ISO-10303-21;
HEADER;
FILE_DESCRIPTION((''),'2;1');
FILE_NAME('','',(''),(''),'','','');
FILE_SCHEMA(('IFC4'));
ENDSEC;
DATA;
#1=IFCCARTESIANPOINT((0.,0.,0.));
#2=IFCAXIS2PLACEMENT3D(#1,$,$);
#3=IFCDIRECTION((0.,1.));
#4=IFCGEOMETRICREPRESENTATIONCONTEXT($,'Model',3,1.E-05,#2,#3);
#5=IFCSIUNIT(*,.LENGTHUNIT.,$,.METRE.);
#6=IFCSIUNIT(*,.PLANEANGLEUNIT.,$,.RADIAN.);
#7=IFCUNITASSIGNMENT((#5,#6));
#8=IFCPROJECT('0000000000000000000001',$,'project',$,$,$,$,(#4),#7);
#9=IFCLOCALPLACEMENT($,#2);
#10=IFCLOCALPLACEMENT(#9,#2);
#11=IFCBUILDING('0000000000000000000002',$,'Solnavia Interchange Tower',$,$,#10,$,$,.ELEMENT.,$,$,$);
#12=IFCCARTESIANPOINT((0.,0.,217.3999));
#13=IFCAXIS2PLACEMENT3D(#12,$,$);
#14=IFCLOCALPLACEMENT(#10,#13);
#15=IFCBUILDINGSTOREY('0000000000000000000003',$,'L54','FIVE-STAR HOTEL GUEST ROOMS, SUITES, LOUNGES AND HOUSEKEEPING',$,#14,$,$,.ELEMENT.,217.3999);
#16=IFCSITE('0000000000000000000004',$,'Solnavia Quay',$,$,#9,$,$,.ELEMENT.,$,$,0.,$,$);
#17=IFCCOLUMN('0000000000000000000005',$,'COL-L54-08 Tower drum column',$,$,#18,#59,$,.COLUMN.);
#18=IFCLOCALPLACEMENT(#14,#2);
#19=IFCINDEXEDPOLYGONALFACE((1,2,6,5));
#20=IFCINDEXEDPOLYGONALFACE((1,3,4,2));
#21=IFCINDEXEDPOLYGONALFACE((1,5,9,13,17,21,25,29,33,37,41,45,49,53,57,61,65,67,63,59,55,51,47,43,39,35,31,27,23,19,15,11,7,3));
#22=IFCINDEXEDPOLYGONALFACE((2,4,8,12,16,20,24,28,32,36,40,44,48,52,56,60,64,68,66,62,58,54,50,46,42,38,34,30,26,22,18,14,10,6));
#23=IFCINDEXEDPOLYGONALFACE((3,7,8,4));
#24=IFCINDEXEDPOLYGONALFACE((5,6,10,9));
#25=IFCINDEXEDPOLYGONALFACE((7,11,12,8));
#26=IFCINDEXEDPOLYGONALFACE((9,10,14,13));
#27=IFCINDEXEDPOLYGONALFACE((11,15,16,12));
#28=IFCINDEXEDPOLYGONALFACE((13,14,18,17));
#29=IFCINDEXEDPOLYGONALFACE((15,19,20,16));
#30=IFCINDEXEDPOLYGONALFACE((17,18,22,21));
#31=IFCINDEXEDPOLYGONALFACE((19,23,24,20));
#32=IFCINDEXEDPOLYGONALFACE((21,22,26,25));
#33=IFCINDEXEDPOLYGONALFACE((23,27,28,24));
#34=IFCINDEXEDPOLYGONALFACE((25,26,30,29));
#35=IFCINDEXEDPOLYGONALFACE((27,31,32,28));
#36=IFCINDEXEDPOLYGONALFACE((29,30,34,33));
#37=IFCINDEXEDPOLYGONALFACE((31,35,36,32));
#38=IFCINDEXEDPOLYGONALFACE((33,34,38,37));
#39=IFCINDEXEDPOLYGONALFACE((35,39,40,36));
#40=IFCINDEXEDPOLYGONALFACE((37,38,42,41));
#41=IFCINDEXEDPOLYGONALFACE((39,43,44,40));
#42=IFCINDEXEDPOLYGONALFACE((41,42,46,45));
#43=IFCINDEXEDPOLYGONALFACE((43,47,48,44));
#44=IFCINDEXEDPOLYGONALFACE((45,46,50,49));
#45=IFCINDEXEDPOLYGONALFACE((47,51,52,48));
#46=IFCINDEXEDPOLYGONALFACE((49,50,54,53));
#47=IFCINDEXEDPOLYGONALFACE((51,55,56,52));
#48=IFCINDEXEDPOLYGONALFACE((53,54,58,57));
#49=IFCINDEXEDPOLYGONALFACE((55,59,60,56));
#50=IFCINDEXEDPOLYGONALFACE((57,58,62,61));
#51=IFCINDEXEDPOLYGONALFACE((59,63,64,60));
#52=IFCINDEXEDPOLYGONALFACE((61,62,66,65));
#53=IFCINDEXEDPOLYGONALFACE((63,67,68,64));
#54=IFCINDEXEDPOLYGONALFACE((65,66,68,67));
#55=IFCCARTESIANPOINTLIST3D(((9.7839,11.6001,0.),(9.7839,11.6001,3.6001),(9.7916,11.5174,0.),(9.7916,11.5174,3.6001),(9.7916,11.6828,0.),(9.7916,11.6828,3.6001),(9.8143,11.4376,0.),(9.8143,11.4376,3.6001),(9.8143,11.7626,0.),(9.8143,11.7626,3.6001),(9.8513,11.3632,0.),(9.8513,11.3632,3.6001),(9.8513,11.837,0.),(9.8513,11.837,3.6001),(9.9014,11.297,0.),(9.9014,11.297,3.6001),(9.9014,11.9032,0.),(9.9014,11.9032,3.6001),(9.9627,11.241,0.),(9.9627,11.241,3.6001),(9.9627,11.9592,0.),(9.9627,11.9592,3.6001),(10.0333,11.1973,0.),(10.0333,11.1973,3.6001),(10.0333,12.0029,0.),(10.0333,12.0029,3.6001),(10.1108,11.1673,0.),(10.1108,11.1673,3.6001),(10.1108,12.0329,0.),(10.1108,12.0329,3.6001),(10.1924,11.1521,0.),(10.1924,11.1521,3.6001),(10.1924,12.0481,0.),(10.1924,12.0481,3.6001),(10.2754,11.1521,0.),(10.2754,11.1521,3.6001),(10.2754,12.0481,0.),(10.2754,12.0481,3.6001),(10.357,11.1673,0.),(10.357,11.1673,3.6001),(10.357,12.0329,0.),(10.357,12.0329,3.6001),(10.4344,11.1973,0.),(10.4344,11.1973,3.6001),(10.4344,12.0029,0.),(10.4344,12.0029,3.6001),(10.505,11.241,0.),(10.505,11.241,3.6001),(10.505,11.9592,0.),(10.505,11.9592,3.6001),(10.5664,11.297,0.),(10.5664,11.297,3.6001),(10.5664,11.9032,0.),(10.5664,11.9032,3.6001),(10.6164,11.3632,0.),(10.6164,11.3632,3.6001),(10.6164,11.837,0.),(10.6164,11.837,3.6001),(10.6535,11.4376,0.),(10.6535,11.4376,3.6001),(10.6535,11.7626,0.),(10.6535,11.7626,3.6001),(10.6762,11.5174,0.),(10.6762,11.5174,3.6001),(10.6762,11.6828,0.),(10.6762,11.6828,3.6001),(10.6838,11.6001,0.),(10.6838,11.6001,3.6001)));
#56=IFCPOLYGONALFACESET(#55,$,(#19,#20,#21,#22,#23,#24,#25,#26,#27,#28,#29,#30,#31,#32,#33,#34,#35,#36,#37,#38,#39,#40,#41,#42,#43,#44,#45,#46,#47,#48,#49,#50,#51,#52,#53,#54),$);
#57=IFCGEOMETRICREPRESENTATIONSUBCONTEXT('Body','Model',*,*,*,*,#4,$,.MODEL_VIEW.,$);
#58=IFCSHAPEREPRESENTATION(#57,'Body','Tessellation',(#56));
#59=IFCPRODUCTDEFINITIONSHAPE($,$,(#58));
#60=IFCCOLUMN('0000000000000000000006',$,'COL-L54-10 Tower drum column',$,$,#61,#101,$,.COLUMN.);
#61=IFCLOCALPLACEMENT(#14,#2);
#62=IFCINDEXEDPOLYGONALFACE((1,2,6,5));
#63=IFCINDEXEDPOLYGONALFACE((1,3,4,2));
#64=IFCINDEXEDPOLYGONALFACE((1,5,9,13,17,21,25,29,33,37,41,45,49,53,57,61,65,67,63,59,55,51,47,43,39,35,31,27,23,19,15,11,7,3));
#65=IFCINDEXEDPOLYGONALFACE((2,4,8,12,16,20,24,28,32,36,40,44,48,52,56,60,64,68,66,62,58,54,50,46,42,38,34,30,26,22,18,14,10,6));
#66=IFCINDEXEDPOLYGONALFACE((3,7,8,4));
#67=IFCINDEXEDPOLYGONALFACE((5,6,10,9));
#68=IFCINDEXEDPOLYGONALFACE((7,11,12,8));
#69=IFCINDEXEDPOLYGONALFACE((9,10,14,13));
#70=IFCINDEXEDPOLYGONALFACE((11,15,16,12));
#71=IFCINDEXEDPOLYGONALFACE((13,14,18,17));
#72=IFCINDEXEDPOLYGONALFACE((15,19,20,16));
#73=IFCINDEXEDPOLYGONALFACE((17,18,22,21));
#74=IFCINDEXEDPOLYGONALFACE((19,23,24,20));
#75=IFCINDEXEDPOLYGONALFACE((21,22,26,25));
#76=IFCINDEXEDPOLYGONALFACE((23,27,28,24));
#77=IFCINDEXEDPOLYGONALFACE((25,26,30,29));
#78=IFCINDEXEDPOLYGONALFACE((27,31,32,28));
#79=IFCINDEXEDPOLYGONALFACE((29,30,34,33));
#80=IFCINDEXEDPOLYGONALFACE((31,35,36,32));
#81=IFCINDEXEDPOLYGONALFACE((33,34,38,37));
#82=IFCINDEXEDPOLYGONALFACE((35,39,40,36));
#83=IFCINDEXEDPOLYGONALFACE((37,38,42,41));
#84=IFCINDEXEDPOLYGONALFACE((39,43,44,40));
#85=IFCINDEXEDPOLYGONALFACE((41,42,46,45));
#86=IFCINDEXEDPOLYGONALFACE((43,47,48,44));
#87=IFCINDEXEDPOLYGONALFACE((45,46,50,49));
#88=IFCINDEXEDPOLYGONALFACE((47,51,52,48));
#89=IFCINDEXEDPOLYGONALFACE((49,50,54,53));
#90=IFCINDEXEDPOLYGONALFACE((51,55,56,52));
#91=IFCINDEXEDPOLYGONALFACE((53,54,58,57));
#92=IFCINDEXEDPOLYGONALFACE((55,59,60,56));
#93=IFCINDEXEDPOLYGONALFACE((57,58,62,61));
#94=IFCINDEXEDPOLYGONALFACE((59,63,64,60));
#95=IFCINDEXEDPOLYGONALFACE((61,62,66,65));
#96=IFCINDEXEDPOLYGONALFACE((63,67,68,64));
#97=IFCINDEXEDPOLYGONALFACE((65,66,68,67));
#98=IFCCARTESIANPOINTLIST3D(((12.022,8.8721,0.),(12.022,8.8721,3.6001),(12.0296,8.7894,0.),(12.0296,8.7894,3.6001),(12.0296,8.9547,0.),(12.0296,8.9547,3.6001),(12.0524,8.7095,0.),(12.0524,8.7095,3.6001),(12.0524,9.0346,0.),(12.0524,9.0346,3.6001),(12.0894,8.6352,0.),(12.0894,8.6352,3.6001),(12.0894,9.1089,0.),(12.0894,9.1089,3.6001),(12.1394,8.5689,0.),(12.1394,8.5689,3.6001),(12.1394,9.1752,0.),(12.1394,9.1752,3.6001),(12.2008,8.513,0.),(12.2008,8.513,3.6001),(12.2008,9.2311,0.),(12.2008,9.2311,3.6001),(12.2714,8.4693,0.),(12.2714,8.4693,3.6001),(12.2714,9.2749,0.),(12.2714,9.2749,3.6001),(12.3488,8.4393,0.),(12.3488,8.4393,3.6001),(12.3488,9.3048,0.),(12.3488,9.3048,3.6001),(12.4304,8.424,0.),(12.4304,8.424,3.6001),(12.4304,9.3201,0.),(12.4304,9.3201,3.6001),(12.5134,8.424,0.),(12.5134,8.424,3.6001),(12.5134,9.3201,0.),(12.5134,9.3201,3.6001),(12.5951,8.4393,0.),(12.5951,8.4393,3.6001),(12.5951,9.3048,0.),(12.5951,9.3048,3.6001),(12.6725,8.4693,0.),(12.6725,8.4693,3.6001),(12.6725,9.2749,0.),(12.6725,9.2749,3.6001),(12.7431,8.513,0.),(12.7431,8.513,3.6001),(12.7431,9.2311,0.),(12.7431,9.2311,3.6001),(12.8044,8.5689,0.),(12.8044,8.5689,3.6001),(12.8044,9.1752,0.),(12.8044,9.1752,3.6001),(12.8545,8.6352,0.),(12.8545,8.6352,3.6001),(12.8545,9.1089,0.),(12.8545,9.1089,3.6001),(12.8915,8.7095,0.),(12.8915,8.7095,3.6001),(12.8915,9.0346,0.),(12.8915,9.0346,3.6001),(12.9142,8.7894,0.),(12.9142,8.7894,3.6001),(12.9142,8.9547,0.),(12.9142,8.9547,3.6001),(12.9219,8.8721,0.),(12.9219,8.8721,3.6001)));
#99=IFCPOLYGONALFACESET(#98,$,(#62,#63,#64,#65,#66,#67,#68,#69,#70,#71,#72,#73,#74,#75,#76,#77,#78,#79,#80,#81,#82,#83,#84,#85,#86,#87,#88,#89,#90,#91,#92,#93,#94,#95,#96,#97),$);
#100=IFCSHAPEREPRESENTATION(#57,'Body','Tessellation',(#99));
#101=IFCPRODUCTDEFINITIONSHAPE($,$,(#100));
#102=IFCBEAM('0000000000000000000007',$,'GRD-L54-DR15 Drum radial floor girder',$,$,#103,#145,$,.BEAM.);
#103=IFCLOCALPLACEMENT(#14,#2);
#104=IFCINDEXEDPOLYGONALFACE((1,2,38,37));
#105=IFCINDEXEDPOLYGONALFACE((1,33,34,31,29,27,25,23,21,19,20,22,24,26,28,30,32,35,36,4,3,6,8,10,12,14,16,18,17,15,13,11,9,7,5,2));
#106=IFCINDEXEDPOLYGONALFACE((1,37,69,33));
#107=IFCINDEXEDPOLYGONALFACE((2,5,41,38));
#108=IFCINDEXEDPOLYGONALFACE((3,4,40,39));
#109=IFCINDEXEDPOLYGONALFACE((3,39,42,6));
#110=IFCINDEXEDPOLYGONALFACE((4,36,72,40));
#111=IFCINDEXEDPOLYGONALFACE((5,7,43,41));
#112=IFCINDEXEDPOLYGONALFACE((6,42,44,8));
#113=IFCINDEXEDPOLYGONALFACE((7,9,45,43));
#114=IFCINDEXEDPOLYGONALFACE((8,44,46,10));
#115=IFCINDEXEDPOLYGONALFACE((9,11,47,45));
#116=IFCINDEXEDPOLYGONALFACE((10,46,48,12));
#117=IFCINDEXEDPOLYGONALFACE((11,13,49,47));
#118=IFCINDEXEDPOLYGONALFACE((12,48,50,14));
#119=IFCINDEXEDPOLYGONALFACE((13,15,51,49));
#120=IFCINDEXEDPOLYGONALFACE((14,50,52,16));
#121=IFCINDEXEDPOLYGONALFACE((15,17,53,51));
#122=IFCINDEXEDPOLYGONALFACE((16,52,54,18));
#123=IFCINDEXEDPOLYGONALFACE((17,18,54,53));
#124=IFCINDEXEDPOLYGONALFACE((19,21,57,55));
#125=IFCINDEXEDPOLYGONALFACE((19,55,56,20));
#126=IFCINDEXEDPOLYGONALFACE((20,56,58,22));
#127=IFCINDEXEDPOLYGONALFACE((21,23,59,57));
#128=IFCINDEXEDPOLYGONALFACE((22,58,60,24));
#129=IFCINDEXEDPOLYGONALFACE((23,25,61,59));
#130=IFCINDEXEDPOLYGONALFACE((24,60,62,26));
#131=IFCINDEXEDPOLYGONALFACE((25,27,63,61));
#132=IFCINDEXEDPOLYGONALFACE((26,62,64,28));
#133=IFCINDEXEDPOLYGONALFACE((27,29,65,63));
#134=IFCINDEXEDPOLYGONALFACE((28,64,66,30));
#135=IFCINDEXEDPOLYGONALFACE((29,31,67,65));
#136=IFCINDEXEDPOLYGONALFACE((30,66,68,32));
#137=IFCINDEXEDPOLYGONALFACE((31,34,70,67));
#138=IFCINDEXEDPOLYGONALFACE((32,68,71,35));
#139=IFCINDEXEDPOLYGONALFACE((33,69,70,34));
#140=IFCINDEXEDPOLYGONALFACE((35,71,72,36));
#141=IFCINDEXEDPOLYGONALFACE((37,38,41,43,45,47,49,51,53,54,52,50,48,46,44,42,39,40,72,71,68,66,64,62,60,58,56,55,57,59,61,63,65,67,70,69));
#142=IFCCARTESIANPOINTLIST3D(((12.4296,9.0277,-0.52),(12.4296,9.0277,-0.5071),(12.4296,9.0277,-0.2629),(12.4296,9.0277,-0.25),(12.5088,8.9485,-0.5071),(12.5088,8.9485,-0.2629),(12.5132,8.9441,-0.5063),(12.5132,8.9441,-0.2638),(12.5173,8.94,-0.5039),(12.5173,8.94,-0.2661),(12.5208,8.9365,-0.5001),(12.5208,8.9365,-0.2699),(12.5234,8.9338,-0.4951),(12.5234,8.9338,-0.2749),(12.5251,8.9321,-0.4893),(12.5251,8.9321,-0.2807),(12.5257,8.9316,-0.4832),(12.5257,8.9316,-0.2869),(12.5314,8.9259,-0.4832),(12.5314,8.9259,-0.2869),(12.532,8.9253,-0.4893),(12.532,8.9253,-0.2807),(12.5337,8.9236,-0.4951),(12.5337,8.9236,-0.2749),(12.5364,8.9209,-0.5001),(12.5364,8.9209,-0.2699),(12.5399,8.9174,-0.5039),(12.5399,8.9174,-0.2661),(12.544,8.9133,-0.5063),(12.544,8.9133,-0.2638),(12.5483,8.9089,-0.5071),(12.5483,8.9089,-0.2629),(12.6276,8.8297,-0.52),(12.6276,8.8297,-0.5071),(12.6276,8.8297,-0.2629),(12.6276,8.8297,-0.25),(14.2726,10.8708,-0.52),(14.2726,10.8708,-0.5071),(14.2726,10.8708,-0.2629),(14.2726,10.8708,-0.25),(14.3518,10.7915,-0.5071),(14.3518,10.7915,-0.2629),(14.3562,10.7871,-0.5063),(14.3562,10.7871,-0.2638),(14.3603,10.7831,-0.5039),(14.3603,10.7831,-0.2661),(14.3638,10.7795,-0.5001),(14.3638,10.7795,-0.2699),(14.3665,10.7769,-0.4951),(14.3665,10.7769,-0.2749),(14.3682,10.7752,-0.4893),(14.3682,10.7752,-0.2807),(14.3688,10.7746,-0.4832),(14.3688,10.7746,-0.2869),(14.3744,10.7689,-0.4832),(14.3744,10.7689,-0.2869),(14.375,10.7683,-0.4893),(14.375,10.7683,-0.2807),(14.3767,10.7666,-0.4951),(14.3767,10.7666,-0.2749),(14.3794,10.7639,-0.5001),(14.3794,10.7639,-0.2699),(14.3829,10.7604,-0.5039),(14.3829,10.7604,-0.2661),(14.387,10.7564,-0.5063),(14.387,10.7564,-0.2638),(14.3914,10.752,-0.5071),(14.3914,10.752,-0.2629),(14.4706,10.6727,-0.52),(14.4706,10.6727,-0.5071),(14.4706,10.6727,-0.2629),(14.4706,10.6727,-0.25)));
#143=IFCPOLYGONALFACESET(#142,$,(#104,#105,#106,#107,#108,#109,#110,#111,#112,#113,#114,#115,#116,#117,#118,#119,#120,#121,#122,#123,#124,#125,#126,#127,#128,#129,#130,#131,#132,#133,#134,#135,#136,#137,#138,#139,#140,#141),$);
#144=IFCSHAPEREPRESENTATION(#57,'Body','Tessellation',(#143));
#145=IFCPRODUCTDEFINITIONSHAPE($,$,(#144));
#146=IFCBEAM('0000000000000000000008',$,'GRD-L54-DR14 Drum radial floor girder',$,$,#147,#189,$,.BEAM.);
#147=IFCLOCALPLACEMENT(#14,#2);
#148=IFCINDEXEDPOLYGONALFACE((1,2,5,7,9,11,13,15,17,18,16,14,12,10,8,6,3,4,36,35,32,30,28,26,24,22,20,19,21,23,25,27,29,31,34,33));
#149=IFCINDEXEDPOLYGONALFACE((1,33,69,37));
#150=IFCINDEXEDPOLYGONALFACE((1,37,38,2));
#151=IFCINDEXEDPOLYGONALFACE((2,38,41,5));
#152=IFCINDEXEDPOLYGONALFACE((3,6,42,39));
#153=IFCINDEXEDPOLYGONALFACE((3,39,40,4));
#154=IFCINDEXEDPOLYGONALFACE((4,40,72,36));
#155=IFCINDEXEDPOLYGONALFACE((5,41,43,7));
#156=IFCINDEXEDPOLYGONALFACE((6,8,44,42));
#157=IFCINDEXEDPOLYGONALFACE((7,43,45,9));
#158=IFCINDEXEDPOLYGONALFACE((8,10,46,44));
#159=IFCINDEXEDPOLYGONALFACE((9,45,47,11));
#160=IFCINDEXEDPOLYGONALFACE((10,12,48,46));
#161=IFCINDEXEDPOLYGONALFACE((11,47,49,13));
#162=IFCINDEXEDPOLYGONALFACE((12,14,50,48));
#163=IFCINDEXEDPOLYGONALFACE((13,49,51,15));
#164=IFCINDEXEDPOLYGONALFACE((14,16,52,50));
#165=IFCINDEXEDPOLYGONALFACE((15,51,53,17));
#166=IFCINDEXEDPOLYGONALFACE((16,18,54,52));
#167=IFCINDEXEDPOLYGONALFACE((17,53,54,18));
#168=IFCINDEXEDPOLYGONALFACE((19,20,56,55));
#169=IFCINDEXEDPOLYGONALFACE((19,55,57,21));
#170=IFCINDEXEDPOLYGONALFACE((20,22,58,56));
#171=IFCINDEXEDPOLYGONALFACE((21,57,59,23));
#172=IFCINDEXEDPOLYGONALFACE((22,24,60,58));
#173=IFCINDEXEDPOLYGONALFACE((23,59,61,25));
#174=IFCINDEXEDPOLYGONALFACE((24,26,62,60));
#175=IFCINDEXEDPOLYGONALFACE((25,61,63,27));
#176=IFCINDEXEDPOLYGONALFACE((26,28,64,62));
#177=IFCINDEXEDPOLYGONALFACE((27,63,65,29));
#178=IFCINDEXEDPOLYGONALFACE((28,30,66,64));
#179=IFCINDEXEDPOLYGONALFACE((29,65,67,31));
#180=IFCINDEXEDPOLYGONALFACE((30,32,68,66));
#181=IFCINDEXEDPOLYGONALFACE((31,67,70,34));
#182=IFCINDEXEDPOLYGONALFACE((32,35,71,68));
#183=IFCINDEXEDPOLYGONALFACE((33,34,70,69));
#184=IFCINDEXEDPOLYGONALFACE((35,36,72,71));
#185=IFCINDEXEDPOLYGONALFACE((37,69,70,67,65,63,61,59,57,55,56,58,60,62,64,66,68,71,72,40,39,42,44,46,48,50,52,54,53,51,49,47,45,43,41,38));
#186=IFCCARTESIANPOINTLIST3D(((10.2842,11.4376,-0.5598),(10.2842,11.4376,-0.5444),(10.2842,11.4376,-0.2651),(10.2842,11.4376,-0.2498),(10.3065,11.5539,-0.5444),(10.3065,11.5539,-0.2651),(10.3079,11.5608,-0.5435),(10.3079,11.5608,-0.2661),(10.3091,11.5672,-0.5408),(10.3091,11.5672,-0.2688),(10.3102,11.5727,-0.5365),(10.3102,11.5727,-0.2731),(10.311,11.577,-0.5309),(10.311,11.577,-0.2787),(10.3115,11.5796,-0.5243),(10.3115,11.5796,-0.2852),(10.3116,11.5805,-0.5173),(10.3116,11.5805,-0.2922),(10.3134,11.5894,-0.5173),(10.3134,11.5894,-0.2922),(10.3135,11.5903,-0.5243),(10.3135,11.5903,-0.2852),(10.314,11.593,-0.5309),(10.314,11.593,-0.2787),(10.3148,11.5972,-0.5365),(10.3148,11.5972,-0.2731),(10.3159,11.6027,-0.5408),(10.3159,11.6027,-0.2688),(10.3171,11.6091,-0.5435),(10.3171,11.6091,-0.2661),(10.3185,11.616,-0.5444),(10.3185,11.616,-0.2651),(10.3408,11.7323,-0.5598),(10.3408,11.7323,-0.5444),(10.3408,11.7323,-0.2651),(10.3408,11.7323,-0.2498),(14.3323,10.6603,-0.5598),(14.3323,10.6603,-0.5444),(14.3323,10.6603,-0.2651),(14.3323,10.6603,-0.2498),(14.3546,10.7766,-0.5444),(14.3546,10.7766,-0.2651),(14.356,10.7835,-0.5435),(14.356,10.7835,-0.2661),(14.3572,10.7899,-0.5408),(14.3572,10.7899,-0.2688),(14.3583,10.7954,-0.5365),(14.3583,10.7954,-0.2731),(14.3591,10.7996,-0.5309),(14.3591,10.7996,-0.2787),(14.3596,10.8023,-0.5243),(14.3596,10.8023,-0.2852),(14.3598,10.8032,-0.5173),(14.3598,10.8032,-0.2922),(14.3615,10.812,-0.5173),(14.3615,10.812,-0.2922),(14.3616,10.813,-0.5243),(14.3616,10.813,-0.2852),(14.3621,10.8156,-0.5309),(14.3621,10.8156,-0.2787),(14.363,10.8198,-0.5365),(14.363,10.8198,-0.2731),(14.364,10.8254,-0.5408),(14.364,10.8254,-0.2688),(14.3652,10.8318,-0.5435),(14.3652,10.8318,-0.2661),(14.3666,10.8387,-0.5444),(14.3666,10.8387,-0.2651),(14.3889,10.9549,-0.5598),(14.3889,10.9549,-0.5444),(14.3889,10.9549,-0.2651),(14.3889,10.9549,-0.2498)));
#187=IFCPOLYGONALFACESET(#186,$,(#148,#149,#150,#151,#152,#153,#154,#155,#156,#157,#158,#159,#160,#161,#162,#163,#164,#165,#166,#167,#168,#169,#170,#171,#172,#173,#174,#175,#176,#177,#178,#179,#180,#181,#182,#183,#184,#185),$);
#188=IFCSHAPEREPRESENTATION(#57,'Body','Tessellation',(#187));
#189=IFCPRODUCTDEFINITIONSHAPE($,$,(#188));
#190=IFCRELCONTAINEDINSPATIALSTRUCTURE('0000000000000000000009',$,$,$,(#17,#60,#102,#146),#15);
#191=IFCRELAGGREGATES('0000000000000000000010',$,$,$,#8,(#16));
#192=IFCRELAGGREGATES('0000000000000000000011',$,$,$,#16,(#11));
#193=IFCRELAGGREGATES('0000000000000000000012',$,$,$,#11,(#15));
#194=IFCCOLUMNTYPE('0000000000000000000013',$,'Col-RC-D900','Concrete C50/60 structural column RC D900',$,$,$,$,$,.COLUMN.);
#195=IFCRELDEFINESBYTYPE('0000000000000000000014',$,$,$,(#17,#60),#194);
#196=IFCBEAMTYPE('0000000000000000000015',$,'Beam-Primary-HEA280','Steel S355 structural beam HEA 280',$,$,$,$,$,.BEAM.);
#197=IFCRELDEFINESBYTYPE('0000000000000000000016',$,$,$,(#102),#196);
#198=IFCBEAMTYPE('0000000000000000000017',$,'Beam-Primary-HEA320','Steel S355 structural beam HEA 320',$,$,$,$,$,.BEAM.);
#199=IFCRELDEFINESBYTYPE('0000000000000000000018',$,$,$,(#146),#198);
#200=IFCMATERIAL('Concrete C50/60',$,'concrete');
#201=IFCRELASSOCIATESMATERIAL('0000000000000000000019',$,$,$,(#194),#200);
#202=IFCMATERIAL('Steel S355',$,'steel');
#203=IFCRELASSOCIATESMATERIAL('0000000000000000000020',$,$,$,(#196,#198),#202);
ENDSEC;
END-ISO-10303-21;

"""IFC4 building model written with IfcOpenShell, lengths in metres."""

from ifc_helpers import new_model, si_unit, direction, frame, origin, origin_2d, place, context, subcontext, project, spatial, circle, i_section, extrude, material, material_profile, profile_set, type_object, element, save


model = new_model("IFC4")

# Units and contexts
model_context = context("Model", 3, precision=1e-05, world=origin(), true_north=direction((0.0, 1.0)))
body_context = subcontext(model_context, "Body", "Model", "MODEL_VIEW")
ifc_project = project(units=[si_unit("LENGTHUNIT", "METRE"), si_unit("PLANEANGLEUNIT", "RADIAN")], contexts=[model_context])

# Site, building, storey
site_placement = place(None, origin())
site = spatial("IfcSite", under=ifc_project, at=site_placement, Name="Solnavia Quay", CompositionType="ELEMENT", RefElevation=0.0)
building_placement = place(site_placement, origin())
building = spatial("IfcBuilding", under=site, at=building_placement, Name="Solnavia Interchange Tower", CompositionType="ELEMENT")
storey_placement = place(building_placement, frame((0.0, 0.0, 217.3999)))
storey = spatial("IfcBuildingStorey", under=building, at=storey_placement, Name="L54", Description="FIVE-STAR HOTEL GUEST ROOMS, SUITES, LOUNGES AND HOUSEKEEPING", CompositionType="ELEMENT", Elevation=217.3999)

# Columns
ifc_material_1 = material(Name="Concrete C50/60", Category="concrete")
ifc_material_profile_1 = material_profile(ifc_material_1, circle(Radius=0.45, at=origin_2d()), Name="RC D900")
ifc_profile_set_1 = profile_set([ifc_material_profile_1], Name="Concrete C50/60")
column_type = type_object("IfcColumnType", Name="Col-RC-D900", Description="Concrete C50/60 structural column RC D900", PredefinedType="COLUMN", material=ifc_profile_set_1)
for number, where, z_axis, x_axis, name in (
    (1, (10.2339, 11.6001, 0.0), (0.0, 0.0, 1.0), (1.0, 0.0, 0.0), "COL-L54-08 Tower drum column"),
    (2, (12.4719, 8.8721, 0.0), (0.0, 0.0, 1.0), (1.0, 0.0, 0.0), "COL-L54-10 Tower drum column"),
):
    element("IfcColumn", number, at=place(storey_placement, frame(where, z_axis=z_axis, x_axis=x_axis)), inside=storey, type_object=column_type, Name=name, PredefinedType="COLUMN", context=body_context, shape_type="SweptSolid", body=[
        extrude(circle(Radius=0.45, at=origin_2d()), origin(), (0.0, 0.0, 1.0), 3.6001),
    ])

# Beams
ifc_material_2 = material(Name="Steel S355", Category="steel")
ifc_material_profile_2 = material_profile(ifc_material_2, i_section(OverallWidth=0.28, OverallDepth=0.27, WebThickness=0.0081, FlangeThickness=0.0129, FilletRadius=0.0239, at=origin_2d()), Name="HEA 280")
ifc_profile_set_2 = profile_set([ifc_material_profile_2], Name="Steel S355")
beam_type_1 = type_object("IfcBeamType", Name="Beam-Primary-HEA280", Description="Steel S355 structural beam HEA 280", PredefinedType="BEAM", material=ifc_profile_set_2)
beam_1_placement = place(storey_placement, frame((12.5286, 8.9287, -0.385), z_axis=(0.707107, 0.707107, 0.0), x_axis=(-0.707107, 0.707107, 0.0)))
element("IfcBeam", 3, at=beam_1_placement, inside=storey, type_object=beam_type_1, Name="GRD-L54-DR15 Drum radial floor girder", PredefinedType="BEAM", context=body_context, shape_type="SweptSolid", body=[
    extrude(i_section(OverallWidth=0.28, OverallDepth=0.27, WebThickness=0.0081, FlangeThickness=0.0129, FilletRadius=0.0239, at=origin_2d()), origin(), (0.0, 0.0, 1.0), 2.6064),
])
ifc_material_profile_3 = material_profile(ifc_material_2, i_section(OverallWidth=0.3, OverallDepth=0.3101, WebThickness=0.009, FlangeThickness=0.0154, FilletRadius=0.0271, at=origin_2d()), Name="HEA 320")
ifc_profile_set_3 = profile_set([ifc_material_profile_3], Name="Steel S355")
beam_type_2 = type_object("IfcBeamType", Name="Beam-Primary-HEA320", Description="Steel S355 structural beam HEA 320", PredefinedType="BEAM", material=ifc_profile_set_3)
beam_2_placement = place(storey_placement, frame((10.3125, 11.585, -0.4048), z_axis=(0.982058, -0.188582, 0.0), x_axis=(0.188582, 0.982058, 0.0)))
element("IfcBeam", 4, at=beam_2_placement, inside=storey, type_object=beam_type_2, Name="GRD-L54-DR14 Drum radial floor girder", PredefinedType="BEAM", context=body_context, shape_type="SweptSolid", body=[
    extrude(i_section(OverallWidth=0.3, OverallDepth=0.3101, WebThickness=0.009, FlangeThickness=0.0154, FilletRadius=0.0271, at=origin_2d()), origin(), (0.0, 0.0, 1.0), 4.1221),
])

save(model, "model.ifc")
